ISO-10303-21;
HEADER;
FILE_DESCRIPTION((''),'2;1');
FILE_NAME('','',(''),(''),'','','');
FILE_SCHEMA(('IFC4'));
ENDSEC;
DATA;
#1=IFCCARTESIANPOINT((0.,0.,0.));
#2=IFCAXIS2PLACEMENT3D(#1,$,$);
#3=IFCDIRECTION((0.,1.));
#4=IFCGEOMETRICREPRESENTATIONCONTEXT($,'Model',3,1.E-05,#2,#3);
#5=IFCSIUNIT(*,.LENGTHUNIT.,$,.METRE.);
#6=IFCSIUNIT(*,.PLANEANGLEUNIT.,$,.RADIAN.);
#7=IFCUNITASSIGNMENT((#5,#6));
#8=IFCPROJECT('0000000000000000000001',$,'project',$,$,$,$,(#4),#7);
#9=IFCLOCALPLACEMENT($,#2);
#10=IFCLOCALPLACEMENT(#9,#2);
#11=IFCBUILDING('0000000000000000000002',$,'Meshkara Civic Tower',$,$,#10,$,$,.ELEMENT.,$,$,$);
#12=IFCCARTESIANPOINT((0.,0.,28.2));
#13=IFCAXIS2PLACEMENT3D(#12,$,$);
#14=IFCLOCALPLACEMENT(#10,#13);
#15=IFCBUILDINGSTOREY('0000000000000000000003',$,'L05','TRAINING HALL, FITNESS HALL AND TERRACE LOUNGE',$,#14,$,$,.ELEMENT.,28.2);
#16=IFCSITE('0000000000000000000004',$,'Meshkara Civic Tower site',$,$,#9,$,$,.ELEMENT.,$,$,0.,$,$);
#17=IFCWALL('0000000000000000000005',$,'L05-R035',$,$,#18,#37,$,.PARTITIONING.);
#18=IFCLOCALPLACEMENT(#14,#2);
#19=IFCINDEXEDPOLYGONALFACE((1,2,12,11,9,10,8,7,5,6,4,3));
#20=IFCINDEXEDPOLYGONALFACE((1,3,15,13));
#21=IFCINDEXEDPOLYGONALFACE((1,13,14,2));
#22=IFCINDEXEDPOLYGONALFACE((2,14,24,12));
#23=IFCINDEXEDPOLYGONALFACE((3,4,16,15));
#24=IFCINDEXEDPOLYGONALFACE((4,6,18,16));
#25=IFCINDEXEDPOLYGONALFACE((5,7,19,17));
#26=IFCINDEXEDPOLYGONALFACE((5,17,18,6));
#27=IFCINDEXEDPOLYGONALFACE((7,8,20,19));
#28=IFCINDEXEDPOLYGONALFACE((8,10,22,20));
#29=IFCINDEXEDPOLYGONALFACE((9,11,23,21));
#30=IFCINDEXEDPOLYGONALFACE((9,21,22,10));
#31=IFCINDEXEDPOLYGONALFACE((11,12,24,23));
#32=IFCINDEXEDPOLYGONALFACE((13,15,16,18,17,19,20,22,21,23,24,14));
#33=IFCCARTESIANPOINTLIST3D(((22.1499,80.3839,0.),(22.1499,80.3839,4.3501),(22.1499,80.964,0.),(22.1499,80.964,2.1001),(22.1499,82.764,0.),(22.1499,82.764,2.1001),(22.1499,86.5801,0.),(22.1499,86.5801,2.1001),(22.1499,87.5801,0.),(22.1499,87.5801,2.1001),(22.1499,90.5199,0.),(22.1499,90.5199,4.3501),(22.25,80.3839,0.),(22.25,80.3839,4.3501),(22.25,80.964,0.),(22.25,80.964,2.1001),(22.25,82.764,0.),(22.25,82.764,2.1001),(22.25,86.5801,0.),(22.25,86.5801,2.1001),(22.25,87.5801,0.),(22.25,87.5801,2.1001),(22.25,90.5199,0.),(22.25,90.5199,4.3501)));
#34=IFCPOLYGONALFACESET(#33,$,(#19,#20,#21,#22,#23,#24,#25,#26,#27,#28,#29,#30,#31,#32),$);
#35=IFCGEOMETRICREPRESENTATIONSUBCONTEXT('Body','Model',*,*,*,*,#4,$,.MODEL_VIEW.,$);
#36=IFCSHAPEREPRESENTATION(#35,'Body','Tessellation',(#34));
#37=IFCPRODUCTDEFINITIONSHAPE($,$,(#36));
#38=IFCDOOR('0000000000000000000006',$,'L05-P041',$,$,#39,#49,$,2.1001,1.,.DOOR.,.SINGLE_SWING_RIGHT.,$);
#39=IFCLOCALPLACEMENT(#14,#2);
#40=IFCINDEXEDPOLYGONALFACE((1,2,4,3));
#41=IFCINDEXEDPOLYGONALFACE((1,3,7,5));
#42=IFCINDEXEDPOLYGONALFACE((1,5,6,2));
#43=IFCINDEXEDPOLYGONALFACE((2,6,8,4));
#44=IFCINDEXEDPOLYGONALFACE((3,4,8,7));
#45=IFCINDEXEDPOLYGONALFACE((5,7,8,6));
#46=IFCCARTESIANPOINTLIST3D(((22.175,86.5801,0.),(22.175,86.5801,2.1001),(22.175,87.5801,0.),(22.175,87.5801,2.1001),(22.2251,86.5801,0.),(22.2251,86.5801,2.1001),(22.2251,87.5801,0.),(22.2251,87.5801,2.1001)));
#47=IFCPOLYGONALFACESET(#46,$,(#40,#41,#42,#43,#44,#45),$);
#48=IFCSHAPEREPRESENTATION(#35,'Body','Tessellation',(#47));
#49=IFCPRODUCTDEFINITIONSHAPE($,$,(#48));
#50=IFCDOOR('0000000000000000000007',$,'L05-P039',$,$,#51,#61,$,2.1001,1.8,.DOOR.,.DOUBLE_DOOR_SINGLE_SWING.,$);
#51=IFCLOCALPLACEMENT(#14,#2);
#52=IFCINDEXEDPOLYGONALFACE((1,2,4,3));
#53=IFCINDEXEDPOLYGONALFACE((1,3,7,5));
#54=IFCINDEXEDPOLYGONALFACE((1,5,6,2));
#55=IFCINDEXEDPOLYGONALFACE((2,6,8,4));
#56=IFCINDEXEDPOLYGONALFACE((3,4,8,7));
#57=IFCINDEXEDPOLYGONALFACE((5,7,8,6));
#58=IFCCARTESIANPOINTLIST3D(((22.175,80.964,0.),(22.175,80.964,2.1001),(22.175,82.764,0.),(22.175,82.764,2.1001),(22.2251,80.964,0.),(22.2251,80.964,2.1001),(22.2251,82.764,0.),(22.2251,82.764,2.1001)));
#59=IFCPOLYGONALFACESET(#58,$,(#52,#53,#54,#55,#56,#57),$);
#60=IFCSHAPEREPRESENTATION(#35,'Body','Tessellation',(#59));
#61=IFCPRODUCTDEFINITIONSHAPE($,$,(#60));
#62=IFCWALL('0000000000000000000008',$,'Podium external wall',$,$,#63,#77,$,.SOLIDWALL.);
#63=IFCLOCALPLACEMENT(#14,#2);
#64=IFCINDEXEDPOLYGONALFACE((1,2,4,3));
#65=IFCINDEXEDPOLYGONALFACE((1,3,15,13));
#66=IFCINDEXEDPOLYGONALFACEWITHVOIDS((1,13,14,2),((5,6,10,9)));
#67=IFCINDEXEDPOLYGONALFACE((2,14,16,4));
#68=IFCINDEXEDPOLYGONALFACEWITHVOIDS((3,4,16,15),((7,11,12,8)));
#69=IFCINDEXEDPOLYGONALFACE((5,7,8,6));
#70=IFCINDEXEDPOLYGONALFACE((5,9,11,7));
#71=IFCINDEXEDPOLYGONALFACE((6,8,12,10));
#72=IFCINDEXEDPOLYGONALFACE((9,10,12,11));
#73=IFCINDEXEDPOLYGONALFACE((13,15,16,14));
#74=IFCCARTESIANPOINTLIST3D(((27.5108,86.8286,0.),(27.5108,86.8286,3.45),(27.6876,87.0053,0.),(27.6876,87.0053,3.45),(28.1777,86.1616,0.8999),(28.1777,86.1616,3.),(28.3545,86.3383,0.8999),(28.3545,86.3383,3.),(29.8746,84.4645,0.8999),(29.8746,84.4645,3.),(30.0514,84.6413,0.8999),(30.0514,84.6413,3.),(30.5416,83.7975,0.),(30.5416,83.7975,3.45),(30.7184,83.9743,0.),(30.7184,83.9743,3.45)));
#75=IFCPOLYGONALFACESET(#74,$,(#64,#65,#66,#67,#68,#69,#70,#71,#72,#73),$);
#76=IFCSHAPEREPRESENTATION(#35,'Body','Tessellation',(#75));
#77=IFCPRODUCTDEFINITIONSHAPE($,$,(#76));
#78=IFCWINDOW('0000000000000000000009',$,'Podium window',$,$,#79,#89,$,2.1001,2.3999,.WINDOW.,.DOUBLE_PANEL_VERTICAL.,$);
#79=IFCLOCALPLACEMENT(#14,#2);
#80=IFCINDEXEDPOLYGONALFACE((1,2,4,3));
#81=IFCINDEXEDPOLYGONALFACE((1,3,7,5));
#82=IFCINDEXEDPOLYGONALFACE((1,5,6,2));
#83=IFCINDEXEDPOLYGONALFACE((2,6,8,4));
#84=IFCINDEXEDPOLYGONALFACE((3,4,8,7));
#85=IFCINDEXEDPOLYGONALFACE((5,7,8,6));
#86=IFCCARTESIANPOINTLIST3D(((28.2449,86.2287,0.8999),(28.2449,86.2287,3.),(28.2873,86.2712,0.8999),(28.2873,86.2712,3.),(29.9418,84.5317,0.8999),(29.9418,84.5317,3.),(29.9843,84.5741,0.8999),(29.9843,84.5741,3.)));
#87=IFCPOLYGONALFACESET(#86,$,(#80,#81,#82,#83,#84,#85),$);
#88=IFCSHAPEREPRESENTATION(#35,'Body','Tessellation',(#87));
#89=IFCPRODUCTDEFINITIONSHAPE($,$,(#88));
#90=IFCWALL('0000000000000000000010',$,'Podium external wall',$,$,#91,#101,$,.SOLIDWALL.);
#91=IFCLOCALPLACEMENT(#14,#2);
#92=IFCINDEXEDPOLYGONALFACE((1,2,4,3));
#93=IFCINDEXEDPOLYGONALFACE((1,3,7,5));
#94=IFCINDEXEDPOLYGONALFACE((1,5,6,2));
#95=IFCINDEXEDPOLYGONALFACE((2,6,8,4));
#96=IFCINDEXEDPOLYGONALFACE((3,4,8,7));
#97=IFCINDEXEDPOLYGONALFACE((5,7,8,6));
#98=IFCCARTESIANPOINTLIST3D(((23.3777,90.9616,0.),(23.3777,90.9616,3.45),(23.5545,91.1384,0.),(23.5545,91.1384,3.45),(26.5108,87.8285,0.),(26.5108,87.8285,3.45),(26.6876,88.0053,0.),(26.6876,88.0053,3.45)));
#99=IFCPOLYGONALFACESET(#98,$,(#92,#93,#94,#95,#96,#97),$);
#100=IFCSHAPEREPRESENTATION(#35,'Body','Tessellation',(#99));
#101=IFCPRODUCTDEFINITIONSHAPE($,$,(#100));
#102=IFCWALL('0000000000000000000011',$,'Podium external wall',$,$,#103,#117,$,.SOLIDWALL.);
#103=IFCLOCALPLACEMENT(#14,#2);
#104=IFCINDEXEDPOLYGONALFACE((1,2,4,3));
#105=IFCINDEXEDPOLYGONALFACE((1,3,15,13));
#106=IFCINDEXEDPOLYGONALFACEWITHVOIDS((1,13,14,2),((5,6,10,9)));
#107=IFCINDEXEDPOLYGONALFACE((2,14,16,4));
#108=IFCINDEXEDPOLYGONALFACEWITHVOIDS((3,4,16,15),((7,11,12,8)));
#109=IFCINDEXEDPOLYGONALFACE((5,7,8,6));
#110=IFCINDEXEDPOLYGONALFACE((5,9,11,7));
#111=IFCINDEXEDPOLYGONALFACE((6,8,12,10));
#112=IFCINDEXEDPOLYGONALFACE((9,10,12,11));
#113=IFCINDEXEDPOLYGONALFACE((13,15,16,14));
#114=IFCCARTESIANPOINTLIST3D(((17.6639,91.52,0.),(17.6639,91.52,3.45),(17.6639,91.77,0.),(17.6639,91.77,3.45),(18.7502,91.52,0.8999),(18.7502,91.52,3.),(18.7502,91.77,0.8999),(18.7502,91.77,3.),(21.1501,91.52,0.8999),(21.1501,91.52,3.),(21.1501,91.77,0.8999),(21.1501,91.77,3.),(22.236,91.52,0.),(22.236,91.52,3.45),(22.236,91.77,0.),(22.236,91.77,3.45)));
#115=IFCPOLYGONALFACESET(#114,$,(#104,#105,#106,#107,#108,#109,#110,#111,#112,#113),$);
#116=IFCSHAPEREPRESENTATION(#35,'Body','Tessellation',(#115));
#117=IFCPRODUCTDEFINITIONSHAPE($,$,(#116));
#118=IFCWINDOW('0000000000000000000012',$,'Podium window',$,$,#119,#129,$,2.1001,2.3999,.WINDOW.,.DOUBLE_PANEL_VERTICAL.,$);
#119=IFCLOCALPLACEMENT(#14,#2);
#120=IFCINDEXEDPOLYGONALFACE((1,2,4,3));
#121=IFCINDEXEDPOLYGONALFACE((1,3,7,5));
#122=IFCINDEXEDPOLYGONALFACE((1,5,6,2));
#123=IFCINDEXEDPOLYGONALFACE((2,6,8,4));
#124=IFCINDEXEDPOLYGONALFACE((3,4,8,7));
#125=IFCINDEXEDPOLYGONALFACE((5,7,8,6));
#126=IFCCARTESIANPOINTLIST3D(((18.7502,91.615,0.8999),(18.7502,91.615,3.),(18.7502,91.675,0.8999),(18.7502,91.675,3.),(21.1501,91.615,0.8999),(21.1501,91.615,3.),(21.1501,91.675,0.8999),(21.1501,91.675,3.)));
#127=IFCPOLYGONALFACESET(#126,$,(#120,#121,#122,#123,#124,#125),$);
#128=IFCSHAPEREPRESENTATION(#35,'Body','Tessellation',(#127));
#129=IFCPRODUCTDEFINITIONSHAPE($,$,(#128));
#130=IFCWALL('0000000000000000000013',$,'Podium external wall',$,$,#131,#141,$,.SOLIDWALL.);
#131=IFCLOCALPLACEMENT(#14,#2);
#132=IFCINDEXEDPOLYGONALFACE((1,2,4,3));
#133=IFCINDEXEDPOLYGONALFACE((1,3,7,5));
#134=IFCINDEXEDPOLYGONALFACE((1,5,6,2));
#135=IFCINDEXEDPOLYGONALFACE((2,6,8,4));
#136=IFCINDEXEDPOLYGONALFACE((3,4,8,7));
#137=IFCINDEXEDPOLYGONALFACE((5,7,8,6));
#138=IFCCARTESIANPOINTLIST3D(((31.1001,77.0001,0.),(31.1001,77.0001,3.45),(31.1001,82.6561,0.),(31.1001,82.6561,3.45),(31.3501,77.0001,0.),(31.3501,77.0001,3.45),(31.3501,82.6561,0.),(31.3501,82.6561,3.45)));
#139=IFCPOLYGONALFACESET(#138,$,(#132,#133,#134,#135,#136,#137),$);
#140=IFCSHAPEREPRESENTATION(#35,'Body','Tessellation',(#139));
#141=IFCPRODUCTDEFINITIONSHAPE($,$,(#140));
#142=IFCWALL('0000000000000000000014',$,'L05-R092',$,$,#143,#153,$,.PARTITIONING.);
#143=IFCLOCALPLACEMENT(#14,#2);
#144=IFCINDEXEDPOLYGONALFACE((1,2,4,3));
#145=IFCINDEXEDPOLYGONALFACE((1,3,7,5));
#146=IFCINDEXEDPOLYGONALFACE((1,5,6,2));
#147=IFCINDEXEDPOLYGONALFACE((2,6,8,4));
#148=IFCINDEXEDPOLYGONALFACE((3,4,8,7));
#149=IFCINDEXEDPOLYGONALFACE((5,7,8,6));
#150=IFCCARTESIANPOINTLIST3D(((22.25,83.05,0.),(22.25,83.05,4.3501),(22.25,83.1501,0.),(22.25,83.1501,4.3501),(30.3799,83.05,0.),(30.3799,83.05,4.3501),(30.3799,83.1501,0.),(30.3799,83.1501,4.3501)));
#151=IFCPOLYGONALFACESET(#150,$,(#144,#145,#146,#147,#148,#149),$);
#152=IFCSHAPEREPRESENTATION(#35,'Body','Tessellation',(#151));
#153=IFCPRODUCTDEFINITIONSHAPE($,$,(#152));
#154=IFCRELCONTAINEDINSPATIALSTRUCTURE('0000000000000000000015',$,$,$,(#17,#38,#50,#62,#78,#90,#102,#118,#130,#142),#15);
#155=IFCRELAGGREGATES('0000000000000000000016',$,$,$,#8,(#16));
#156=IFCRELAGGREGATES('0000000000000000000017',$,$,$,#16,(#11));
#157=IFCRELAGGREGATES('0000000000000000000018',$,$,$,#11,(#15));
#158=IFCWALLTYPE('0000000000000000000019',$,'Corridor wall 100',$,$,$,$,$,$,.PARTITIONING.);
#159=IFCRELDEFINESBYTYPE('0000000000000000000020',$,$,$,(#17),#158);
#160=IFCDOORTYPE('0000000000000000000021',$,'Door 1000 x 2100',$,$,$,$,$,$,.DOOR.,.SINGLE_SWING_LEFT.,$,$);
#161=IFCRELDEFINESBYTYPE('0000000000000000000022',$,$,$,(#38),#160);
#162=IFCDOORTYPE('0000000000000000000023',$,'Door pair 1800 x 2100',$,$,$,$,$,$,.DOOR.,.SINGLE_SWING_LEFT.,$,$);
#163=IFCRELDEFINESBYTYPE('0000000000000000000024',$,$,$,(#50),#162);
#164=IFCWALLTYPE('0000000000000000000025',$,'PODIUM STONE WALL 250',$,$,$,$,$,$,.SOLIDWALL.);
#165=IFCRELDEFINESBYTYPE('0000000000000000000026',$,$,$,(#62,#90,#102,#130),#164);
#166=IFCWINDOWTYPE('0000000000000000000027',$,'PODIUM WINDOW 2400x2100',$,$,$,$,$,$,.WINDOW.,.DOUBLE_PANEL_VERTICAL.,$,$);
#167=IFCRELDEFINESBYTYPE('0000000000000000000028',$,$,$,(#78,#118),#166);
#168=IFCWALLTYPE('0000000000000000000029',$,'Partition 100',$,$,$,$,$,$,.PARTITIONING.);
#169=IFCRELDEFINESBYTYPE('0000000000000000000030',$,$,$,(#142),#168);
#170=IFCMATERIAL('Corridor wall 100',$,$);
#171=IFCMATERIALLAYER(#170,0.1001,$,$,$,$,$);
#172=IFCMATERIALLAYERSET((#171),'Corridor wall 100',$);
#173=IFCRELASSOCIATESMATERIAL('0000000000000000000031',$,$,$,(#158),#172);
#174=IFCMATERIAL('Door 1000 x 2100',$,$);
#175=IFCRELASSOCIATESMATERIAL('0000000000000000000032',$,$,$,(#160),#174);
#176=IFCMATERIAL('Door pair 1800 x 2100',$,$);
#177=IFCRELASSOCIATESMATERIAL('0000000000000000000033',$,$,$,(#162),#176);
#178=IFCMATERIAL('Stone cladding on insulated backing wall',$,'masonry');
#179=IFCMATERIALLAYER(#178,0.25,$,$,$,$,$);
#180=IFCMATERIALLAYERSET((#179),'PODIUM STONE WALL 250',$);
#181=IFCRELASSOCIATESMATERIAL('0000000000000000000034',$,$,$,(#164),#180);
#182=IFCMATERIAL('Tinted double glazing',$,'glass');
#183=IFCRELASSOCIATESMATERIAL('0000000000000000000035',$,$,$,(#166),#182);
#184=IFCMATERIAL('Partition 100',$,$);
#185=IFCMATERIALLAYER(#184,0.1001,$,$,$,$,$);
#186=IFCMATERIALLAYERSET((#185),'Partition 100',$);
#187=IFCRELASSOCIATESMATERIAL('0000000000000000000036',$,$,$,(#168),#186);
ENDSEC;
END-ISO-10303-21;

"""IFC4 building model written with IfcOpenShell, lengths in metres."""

from ifc_helpers import new_model, si_unit, direction, frame, frame_2d, origin, place, context, subcontext, project, spatial, rectangle, extrude, material, layer, layer_set, type_object, element, fill, save


model = new_model("IFC4")

# Units and contexts
model_context = context("Model", 3, precision=1e-05, world=origin(), true_north=direction((0.0, 1.0)))
body_context = subcontext(model_context, "Body", "Model", "MODEL_VIEW")
ifc_project = project(units=[si_unit("LENGTHUNIT", "METRE"), si_unit("PLANEANGLEUNIT", "RADIAN")], contexts=[model_context])

# Site, building, storey
site_placement = place(None, origin())
site = spatial("IfcSite", under=ifc_project, at=site_placement, Name="Meshkara Civic Tower site", CompositionType="ELEMENT", RefElevation=0.0)
building_placement = place(site_placement, origin())
building = spatial("IfcBuilding", under=site, at=building_placement, Name="Meshkara Civic Tower", CompositionType="ELEMENT")
storey_placement = place(building_placement, frame((0.0, 0.0, 28.2)))
storey = spatial("IfcBuildingStorey", under=building, at=storey_placement, Name="L05", Description="TRAINING HALL, FITNESS HALL AND TERRACE LOUNGE", CompositionType="ELEMENT", Elevation=28.2)

# Shared definitions
ifc_material_1 = material(Name="Corridor wall 100")
ifc_layer_1 = layer(ifc_material_1, 0.1001)
ifc_layer_set_1 = layer_set([ifc_layer_1], Name="Corridor wall 100")
wall_type_1 = type_object("IfcWallType", Name="Corridor wall 100", PredefinedType="PARTITIONING", material=ifc_layer_set_1)

# Wall, openings, doors
wall_1_placement = place(storey_placement, frame((22.2, 80.384, 0.0), z_axis=(0.0, 0.0, 1.0), x_axis=(0.0, 1.0, 0.0)))
wall_1 = element("IfcWall", 1, at=wall_1_placement, inside=storey, type_object=wall_type_1, Name="L05-R035", PredefinedType="PARTITIONING", context=body_context, shape_type="SweptSolid", body=[
    extrude(rectangle(XDim=10.136, YDim=0.1001, at=frame_2d((5.0679, 0.0))), origin(), (0.0, 0.0, 1.0), 4.3501),
])
opening_1_placement = place(wall_1_placement, frame((0.5801, 0.0, 0.0)))
opening_1 = element("IfcOpeningElement", 2, at=opening_1_placement, cuts=wall_1, PredefinedType="OPENING", context=body_context, shape_type="SweptSolid", body=[
    extrude(rectangle(XDim=1.8, YDim=2.1001, at=frame_2d((0.8999, 1.05))), frame((0.0, 0.0601, 0.0), z_axis=(0.0, -1.0, 0.0), x_axis=(1.0, 0.0, 0.0)), (0.0, 0.0, 1.0), 0.1201),
])
opening_2_placement = place(wall_1_placement, frame((6.196, 0.0, 0.0)))
opening_2 = element("IfcOpeningElement", 3, at=opening_2_placement, cuts=wall_1, PredefinedType="OPENING", context=body_context, shape_type="SweptSolid", body=[
    extrude(rectangle(XDim=1.0, YDim=2.1001, at=frame_2d((0.5, 1.05))), frame((0.0, 0.0601, 0.0), z_axis=(0.0, -1.0, 0.0), x_axis=(1.0, 0.0, 0.0)), (0.0, 0.0, 1.0), 0.1201),
])
ifc_material_2 = material(Name="Door 1000 x 2100")
door_type_1 = type_object("IfcDoorType", Name="Door 1000 x 2100", OperationType="SINGLE_SWING_LEFT", PredefinedType="DOOR", material=ifc_material_2)
door_1_placement = place(opening_2_placement, origin())
door_1 = element("IfcDoor", 4, at=door_1_placement, inside=storey, type_object=door_type_1, Name="L05-P041", OperationType="SINGLE_SWING_RIGHT", OverallHeight=2.1001, OverallWidth=1.0, PredefinedType="DOOR", context=body_context, shape_type="SweptSolid", body=[
    extrude(rectangle(XDim=1.0, YDim=2.1001, at=frame_2d((0.5, 1.05))), frame((0.0, 0.0249, 0.0), z_axis=(0.0, -1.0, 0.0), x_axis=(1.0, 0.0, 0.0)), (0.0, 0.0, 1.0), 0.05),
])
fill(opening_2, door_1)
ifc_material_3 = material(Name="Door pair 1800 x 2100")
door_type_2 = type_object("IfcDoorType", Name="Door pair 1800 x 2100", OperationType="SINGLE_SWING_LEFT", PredefinedType="DOOR", material=ifc_material_3)
door_2_placement = place(opening_1_placement, origin())
door_2 = element("IfcDoor", 5, at=door_2_placement, inside=storey, type_object=door_type_2, Name="L05-P039", OperationType="DOUBLE_DOOR_SINGLE_SWING", OverallHeight=2.1001, OverallWidth=1.8, PredefinedType="DOOR", context=body_context, shape_type="SweptSolid", body=[
    extrude(rectangle(XDim=1.8, YDim=2.1001, at=frame_2d((0.8999, 1.05))), frame((0.0, 0.0249, 0.0), z_axis=(0.0, -1.0, 0.0), x_axis=(1.0, 0.0, 0.0)), (0.0, 0.0, 1.0), 0.05),
])
fill(opening_1, door_2)

# Wall, opening, window
ifc_material_4 = material(Name="Stone cladding on insulated backing wall", Category="masonry")
ifc_layer_2 = layer(ifc_material_4, 0.25)
ifc_layer_set_2 = layer_set([ifc_layer_2], Name="PODIUM STONE WALL 250")
wall_type_2 = type_object("IfcWallType", Name="PODIUM STONE WALL 250", PredefinedType="SOLIDWALL", material=ifc_layer_set_2)
wall_2_placement = place(storey_placement, frame((30.6299, 83.886, 0.0), z_axis=(0.0, 0.0, 1.0), x_axis=(-0.707078, 0.707135, 0.0)))
wall_2 = element("IfcWall", 6, at=wall_2_placement, inside=storey, type_object=wall_type_2, Name="Podium external wall", PredefinedType="SOLIDWALL", context=body_context, shape_type="SweptSolid", body=[
    extrude(rectangle(XDim=4.2864, YDim=0.25, at=frame_2d((2.1431, 0.0))), origin(), (0.0, 0.0, 1.0), 3.45),
])
opening_3_placement = place(wall_2_placement, frame((0.9431, 0.0, 0.8999)))
opening_3 = element("IfcOpeningElement", 7, at=opening_3_placement, cuts=wall_2, PredefinedType="OPENING", context=body_context, shape_type="SweptSolid", body=[
    extrude(rectangle(XDim=2.3999, YDim=2.1001, at=frame_2d((1.2, 1.05))), frame((0.0, 0.135, 0.0), z_axis=(0.0, -1.0, 0.0), x_axis=(1.0, 0.0, 0.0)), (0.0, 0.0, 1.0), 0.27),
])
ifc_material_5 = material(Name="Tinted double glazing", Category="glass")
window_type = type_object("IfcWindowType", Name="PODIUM WINDOW 2400x2100", PartitioningType="DOUBLE_PANEL_VERTICAL", PredefinedType="WINDOW", material=ifc_material_5)
window_1_placement = place(opening_3_placement, origin())
window_1 = element("IfcWindow", 8, at=window_1_placement, inside=storey, type_object=window_type, Name="Podium window", OverallHeight=2.1001, OverallWidth=2.3999, PartitioningType="DOUBLE_PANEL_VERTICAL", PredefinedType="WINDOW", context=body_context, shape_type="SweptSolid", body=[
    extrude(rectangle(XDim=2.3999, YDim=2.1001, at=frame_2d((1.2, 1.05))), frame((0.0, 0.03, 0.0), z_axis=(0.0, -1.0, 0.0), x_axis=(1.0, 0.0, 0.0)), (0.0, 0.0, 1.0), 0.0601),
])
fill(opening_3, window_1)

# Wall
wall_3_placement = place(storey_placement, frame((26.5991, 87.917, 0.0), z_axis=(0.0, 0.0, 1.0), x_axis=(-0.707107, 0.707107, 0.0)))
element("IfcWall", 9, at=wall_3_placement, inside=storey, type_object=wall_type_2, Name="Podium external wall", PredefinedType="SOLIDWALL", context=body_context, shape_type="SweptSolid", body=[
    extrude(rectangle(XDim=4.4309, YDim=0.25, at=frame_2d((2.2153, 0.0))), origin(), (0.0, 0.0, 1.0), 3.45),
])

# Wall, opening, window
wall_4_placement = place(storey_placement, frame((22.2361, 91.645, 0.0), z_axis=(0.0, 0.0, 1.0), x_axis=(-1.0, 0.0, 0.0)))
wall_4 = element("IfcWall", 10, at=wall_4_placement, inside=storey, type_object=wall_type_2, Name="Podium external wall", PredefinedType="SOLIDWALL", context=body_context, shape_type="SweptSolid", body=[
    extrude(rectangle(XDim=4.572, YDim=0.25, at=frame_2d((2.2861, 0.0))), origin(), (0.0, 0.0, 1.0), 3.45),
])
opening_4_placement = place(wall_4_placement, frame((1.0859, 0.0, 0.8999)))
opening_4 = element("IfcOpeningElement", 11, at=opening_4_placement, cuts=wall_4, PredefinedType="OPENING", context=body_context, shape_type="SweptSolid", body=[
    extrude(rectangle(XDim=2.3999, YDim=2.1001, at=frame_2d((1.2, 1.05))), frame((0.0, 0.135, 0.0), z_axis=(0.0, -1.0, 0.0), x_axis=(1.0, 0.0, 0.0)), (0.0, 0.0, 1.0), 0.27),
])
window_2_placement = place(opening_4_placement, origin())
window_2 = element("IfcWindow", 12, at=window_2_placement, inside=storey, type_object=window_type, Name="Podium window", OverallHeight=2.1001, OverallWidth=2.3999, PartitioningType="DOUBLE_PANEL_VERTICAL", PredefinedType="WINDOW", context=body_context, shape_type="SweptSolid", body=[
    extrude(rectangle(XDim=2.3999, YDim=2.1001, at=frame_2d((1.2, 1.05))), frame((0.0, 0.03, 0.0), z_axis=(0.0, -1.0, 0.0), x_axis=(1.0, 0.0, 0.0)), (0.0, 0.0, 1.0), 0.0601),
])
fill(opening_4, window_2)

# Walls
wall_5_placement = place(storey_placement, frame((31.2251, 77.0, 0.0), z_axis=(0.0, 0.0, 1.0), x_axis=(0.0, 1.0, 0.0)))
element("IfcWall", 13, at=wall_5_placement, inside=storey, type_object=wall_type_2, Name="Podium external wall", PredefinedType="SOLIDWALL", context=body_context, shape_type="SweptSolid", body=[
    extrude(rectangle(XDim=5.656, YDim=0.25, at=frame_2d((2.8281, 0.0))), origin(), (0.0, 0.0, 1.0), 3.45),
])
ifc_material_6 = material(Name="Partition 100")
ifc_layer_3 = layer(ifc_material_6, 0.1001)
ifc_layer_set_3 = layer_set([ifc_layer_3], Name="Partition 100")
wall_type_3 = type_object("IfcWallType", Name="Partition 100", PredefinedType="PARTITIONING", material=ifc_layer_set_3)
wall_6_placement = place(storey_placement, frame((30.3799, 83.1001, 0.0), z_axis=(0.0, 0.0, 1.0), x_axis=(-1.0, 0.0, 0.0)))
element("IfcWall", 14, at=wall_6_placement, inside=storey, type_object=wall_type_3, Name="L05-R092", PredefinedType="PARTITIONING", context=body_context, shape_type="SweptSolid", body=[
    extrude(rectangle(XDim=8.1299, YDim=0.1001, at=frame_2d((4.0649, 0.0))), origin(), (0.0, 0.0, 1.0), 4.3501),
])

save(model, "model.ifc")
